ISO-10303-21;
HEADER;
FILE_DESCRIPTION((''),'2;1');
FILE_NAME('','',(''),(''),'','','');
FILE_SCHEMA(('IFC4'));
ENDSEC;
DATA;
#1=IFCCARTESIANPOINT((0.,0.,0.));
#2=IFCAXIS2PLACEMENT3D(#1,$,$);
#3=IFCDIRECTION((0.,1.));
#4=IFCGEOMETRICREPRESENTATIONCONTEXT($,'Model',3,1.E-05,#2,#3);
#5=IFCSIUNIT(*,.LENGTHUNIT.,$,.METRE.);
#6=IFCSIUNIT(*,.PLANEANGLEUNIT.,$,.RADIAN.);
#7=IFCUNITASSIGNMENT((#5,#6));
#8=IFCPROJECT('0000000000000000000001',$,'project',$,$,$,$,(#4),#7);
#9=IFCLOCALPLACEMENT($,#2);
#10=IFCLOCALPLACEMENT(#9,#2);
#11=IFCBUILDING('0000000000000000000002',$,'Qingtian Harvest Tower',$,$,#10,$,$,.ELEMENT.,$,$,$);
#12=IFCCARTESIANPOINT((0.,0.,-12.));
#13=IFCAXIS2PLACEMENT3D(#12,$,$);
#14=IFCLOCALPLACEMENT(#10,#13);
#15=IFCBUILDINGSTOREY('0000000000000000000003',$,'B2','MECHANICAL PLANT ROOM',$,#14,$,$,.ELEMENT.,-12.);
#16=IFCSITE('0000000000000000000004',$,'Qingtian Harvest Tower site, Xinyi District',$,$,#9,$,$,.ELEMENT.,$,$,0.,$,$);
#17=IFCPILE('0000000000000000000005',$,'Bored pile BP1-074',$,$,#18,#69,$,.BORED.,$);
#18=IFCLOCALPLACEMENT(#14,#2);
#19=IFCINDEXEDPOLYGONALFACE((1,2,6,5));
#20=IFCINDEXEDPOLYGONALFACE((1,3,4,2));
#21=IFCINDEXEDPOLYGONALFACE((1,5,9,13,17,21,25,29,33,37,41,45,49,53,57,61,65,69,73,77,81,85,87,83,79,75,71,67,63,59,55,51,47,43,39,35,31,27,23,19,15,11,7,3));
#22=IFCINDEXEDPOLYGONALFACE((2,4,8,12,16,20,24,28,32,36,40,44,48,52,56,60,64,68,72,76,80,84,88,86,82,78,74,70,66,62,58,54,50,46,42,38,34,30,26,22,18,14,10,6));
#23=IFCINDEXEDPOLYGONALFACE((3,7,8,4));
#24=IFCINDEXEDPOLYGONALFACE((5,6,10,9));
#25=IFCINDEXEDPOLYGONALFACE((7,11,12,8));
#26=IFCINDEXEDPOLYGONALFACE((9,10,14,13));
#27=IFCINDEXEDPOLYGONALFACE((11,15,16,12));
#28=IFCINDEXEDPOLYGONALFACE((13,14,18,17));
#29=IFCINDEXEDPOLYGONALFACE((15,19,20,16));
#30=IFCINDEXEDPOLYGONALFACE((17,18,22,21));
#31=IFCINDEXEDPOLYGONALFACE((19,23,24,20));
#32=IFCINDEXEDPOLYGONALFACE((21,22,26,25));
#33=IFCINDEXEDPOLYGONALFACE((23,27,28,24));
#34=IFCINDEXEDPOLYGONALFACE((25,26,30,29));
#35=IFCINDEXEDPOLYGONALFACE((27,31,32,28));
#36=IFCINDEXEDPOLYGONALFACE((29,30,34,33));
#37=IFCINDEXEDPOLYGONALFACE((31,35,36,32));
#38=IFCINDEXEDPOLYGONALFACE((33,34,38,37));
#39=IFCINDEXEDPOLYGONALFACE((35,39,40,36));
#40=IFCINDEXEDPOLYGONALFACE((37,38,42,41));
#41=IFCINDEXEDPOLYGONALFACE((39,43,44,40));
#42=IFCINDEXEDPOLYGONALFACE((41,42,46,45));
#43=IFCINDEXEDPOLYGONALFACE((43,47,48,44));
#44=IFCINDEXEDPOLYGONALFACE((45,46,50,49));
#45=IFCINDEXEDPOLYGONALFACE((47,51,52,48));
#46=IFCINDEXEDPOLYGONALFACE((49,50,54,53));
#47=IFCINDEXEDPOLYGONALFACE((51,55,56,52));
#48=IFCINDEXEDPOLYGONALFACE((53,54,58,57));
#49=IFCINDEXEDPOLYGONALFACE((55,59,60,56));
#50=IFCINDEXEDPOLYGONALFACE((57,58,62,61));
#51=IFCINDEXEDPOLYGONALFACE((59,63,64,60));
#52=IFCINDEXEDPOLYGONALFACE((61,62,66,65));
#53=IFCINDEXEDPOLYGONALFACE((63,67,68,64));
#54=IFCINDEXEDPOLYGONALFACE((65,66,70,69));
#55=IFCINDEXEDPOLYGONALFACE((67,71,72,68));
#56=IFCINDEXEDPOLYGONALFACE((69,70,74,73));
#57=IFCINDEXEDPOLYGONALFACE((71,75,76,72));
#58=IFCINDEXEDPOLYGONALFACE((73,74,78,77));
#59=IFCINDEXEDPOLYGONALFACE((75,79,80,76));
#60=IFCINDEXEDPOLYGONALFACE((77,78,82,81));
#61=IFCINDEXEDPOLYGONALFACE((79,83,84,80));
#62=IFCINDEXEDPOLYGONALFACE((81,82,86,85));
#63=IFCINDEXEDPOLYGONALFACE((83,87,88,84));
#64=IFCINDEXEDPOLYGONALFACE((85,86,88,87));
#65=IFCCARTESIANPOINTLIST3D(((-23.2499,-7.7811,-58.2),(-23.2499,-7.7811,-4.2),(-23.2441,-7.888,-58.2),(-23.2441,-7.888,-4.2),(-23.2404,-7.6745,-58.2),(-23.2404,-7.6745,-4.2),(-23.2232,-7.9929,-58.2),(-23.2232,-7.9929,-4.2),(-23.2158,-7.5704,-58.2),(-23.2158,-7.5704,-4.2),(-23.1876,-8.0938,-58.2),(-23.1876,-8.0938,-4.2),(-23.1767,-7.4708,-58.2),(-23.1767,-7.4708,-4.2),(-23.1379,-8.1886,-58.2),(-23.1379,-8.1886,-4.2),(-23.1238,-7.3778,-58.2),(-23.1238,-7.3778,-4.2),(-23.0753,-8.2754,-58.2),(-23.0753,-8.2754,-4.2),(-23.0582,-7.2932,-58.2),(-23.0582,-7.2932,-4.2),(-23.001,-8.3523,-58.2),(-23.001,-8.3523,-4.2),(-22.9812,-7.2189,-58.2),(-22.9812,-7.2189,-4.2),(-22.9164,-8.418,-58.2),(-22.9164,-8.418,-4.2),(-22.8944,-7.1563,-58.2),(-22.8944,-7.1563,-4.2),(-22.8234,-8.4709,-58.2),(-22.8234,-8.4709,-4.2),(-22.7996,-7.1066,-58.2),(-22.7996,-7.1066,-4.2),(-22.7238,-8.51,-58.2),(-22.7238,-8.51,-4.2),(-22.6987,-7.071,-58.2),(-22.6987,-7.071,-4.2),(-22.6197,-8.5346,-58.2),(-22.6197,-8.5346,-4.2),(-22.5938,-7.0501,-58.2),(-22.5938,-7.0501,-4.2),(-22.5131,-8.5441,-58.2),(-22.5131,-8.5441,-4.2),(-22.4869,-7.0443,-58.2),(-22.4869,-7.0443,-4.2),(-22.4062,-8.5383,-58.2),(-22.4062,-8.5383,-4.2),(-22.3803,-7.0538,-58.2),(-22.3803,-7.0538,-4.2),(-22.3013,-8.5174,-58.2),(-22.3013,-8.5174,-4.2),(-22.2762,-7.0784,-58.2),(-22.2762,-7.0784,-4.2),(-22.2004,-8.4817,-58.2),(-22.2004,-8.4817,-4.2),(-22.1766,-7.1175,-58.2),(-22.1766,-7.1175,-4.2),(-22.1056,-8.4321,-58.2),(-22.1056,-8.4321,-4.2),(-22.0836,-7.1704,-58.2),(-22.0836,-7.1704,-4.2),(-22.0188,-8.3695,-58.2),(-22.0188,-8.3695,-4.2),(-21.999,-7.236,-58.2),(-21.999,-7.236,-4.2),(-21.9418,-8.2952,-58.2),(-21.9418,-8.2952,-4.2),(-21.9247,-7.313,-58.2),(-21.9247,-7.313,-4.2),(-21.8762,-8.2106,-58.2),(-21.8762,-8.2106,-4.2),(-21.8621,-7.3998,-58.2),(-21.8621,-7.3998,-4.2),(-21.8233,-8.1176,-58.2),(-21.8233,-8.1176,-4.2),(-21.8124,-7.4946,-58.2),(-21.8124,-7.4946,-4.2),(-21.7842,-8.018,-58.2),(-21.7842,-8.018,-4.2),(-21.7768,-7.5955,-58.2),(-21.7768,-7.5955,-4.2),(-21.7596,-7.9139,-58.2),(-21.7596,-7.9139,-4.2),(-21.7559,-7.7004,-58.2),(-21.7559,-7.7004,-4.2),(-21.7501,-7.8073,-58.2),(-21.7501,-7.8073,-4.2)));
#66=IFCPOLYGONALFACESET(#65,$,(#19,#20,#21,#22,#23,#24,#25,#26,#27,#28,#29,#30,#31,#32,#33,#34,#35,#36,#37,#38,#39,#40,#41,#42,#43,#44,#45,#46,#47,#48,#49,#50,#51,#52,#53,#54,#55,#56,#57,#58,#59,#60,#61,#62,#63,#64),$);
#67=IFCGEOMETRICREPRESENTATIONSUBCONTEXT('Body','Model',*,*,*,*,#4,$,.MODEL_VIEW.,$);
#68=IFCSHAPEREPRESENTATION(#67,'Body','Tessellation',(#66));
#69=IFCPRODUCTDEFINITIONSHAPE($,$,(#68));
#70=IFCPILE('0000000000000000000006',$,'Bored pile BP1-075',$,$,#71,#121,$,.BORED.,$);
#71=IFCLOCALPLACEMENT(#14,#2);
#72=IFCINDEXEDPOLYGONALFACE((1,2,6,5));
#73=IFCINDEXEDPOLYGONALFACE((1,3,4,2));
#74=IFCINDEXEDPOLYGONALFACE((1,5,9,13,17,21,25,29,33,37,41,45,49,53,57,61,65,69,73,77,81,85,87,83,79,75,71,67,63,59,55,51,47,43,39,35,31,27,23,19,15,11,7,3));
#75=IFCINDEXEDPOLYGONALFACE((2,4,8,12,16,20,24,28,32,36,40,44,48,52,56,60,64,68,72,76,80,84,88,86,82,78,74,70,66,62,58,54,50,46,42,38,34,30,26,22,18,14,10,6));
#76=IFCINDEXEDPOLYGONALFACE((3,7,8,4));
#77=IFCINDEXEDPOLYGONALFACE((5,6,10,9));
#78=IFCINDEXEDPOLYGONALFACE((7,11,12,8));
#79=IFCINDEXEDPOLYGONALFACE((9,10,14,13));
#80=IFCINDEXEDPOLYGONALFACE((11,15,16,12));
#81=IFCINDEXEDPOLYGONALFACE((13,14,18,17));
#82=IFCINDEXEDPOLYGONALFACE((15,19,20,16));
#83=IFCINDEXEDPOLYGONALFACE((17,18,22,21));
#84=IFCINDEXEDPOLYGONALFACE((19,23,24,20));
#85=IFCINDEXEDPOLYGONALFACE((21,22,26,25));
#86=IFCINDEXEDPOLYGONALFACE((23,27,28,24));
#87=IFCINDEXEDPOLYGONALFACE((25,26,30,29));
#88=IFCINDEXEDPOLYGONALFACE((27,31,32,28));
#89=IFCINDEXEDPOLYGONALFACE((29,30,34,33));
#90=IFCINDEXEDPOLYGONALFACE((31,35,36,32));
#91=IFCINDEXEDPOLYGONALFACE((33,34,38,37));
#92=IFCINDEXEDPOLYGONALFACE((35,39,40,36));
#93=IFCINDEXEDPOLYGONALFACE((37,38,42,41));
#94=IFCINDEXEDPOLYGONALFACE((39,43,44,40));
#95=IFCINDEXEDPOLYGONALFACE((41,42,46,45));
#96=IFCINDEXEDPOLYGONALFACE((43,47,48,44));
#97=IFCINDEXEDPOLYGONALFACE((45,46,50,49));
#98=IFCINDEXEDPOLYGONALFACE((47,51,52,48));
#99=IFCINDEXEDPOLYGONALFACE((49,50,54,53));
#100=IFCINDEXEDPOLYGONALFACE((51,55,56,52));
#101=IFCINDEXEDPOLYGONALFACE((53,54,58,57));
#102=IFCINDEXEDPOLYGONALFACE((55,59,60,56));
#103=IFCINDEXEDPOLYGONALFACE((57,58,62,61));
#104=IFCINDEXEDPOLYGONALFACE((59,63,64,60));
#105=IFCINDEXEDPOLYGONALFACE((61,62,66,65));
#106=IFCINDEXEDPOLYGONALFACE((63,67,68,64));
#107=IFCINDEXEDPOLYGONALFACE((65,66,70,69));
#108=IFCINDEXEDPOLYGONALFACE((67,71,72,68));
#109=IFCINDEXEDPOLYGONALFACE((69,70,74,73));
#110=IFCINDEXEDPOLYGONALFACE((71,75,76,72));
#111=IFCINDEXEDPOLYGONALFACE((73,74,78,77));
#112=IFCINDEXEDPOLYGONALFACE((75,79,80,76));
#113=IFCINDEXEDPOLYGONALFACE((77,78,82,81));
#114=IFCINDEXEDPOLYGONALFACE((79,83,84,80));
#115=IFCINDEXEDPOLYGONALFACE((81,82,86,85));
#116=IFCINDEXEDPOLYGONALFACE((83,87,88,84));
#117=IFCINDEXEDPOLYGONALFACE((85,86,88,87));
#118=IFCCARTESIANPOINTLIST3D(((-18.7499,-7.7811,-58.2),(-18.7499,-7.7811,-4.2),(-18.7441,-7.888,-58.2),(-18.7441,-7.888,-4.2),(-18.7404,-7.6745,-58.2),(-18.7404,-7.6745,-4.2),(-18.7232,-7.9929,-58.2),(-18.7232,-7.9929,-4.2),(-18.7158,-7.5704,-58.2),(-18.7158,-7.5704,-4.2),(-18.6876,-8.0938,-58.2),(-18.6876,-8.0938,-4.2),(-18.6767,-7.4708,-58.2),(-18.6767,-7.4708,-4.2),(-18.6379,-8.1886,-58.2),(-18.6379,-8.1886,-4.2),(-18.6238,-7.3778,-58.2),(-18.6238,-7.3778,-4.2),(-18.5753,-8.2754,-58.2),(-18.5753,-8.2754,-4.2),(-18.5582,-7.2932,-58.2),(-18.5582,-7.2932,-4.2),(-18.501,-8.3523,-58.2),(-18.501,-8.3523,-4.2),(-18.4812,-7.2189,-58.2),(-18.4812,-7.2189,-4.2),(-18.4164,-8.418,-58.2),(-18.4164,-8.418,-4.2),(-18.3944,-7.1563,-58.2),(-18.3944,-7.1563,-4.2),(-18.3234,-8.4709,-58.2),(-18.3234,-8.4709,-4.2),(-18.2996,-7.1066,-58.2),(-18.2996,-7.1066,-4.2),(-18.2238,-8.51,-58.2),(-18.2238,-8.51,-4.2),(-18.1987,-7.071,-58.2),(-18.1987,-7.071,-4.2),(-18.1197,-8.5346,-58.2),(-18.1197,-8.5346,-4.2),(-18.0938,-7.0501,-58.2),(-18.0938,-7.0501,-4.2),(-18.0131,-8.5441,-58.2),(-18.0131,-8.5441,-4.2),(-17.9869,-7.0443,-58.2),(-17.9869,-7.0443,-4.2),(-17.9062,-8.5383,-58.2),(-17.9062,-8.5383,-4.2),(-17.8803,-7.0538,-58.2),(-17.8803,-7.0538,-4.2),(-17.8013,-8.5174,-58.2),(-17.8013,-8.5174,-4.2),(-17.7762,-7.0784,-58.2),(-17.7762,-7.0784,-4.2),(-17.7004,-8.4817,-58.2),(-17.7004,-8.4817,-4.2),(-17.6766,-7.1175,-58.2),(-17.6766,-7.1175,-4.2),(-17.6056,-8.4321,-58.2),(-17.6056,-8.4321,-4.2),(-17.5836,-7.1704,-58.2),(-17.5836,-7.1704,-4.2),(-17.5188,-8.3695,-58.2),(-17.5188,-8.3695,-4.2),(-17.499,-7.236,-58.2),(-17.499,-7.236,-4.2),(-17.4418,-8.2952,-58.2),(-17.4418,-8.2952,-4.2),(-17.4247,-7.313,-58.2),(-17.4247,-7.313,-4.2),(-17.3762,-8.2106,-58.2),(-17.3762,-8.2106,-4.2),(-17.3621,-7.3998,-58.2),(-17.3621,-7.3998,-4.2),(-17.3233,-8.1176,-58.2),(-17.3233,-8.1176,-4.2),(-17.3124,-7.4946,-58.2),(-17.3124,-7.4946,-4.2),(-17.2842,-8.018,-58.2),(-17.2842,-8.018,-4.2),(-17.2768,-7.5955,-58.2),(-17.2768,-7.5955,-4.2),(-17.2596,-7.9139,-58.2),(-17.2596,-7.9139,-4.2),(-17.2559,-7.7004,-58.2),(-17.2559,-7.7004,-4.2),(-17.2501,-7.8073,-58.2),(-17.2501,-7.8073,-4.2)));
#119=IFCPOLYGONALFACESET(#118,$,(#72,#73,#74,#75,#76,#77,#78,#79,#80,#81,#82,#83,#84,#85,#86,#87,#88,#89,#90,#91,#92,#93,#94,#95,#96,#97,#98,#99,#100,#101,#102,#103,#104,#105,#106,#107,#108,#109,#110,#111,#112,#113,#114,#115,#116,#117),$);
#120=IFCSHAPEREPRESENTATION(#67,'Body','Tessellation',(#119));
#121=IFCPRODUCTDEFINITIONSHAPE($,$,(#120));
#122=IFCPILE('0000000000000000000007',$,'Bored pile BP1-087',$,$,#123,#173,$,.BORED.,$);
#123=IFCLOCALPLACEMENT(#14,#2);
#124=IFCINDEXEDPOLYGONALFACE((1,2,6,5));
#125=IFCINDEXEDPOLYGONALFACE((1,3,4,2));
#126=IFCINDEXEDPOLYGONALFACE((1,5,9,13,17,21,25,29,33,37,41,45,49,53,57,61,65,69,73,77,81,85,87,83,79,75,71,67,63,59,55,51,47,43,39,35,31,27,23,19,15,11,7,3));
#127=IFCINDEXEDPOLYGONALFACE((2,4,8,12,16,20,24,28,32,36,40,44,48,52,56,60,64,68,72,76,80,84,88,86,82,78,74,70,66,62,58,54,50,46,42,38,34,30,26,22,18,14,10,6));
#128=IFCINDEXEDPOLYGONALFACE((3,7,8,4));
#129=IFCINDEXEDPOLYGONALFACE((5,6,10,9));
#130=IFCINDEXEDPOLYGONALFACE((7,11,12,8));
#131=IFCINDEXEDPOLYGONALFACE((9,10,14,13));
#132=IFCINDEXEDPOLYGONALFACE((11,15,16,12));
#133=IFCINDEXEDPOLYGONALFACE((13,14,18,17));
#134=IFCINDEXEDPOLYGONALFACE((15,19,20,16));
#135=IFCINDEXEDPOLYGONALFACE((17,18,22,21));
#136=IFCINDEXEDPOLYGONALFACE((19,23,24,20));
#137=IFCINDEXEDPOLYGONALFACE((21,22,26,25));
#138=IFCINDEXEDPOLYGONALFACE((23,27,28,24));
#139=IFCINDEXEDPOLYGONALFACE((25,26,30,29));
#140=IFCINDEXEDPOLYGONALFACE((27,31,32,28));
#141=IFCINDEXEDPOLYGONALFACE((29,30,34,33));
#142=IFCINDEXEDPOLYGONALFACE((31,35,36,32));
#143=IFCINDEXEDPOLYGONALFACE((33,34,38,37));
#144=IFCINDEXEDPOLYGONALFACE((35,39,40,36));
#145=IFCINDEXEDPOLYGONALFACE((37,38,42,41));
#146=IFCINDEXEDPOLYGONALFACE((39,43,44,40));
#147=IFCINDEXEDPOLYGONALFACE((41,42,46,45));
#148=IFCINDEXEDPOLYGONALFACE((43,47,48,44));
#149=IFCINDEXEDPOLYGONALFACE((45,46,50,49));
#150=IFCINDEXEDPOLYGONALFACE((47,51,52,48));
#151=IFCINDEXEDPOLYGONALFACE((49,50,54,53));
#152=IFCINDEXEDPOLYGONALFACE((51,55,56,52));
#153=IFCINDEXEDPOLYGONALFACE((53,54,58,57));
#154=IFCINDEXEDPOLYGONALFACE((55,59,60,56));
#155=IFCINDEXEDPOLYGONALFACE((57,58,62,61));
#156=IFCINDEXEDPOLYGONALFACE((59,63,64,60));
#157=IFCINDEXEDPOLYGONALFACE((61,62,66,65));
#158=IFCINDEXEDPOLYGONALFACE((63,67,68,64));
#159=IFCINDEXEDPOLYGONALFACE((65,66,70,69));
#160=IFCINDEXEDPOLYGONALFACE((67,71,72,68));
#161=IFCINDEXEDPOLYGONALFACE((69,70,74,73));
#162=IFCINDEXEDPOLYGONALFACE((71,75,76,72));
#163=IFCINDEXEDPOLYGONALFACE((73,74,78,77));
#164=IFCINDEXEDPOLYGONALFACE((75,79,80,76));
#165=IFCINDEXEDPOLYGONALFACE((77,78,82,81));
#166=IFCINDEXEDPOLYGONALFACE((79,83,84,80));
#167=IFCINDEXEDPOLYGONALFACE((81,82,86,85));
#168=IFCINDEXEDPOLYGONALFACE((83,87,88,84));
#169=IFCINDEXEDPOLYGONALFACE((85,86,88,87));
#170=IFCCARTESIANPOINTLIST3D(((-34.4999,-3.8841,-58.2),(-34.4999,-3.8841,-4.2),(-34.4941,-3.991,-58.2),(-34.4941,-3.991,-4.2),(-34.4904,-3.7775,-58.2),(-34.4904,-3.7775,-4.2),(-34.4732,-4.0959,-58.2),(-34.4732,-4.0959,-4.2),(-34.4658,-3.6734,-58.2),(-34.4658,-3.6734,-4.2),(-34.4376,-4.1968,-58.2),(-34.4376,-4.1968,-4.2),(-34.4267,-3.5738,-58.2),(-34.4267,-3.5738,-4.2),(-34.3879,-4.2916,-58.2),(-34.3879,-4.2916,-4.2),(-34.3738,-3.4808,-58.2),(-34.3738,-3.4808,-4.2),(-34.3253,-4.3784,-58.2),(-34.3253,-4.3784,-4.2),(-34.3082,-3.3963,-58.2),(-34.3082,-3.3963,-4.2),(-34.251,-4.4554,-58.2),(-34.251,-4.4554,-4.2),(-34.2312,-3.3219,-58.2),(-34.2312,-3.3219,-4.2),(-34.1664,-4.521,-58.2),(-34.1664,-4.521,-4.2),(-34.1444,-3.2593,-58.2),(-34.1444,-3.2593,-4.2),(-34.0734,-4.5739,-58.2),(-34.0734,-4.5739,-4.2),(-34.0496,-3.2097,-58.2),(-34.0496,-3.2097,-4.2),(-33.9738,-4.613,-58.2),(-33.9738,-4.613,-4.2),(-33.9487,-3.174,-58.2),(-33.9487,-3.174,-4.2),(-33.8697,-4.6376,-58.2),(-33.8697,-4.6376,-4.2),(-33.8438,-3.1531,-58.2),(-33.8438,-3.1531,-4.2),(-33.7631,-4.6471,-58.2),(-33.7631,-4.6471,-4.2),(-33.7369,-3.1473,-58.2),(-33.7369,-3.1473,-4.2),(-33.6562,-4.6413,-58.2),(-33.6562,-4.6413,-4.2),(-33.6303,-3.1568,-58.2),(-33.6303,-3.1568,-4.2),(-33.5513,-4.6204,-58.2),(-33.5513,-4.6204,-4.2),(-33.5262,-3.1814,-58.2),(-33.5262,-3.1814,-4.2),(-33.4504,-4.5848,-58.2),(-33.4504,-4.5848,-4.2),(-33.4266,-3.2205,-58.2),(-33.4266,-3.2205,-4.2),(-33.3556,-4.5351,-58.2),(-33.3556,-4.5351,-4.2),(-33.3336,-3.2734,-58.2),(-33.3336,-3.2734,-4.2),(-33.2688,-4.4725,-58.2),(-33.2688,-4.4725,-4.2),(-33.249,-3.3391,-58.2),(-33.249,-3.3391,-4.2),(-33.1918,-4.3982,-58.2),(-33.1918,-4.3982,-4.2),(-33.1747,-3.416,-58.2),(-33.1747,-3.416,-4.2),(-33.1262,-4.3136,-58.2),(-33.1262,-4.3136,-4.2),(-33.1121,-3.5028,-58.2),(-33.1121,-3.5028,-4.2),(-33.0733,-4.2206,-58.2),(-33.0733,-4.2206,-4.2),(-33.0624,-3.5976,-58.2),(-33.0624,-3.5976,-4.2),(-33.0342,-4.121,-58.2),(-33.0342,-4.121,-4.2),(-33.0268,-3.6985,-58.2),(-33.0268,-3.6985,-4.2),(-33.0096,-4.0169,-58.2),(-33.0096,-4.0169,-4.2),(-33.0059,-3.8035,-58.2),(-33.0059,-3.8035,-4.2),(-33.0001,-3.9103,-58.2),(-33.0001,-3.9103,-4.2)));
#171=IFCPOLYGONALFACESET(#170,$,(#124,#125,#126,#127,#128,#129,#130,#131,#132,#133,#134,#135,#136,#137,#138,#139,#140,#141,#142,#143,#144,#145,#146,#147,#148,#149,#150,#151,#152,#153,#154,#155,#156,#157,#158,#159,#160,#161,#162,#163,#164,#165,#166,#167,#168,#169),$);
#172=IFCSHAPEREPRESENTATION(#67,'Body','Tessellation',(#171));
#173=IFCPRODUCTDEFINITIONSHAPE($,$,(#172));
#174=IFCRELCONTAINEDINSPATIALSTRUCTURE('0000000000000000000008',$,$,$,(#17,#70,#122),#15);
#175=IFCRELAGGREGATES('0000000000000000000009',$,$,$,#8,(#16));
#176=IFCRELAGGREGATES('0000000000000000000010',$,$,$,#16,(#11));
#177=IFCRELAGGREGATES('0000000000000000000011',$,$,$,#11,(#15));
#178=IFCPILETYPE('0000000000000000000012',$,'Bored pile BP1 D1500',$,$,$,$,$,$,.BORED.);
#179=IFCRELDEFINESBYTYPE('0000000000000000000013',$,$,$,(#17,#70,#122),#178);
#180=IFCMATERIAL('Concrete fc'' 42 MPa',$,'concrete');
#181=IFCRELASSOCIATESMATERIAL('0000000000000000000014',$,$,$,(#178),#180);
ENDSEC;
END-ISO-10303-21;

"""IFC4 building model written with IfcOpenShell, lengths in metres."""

from ifc_helpers import new_model, si_unit, direction, frame, frame_2d, origin, place, context, subcontext, project, spatial, circle, extrude, material, material_profile, profile_set, type_object, element, save


model = new_model("IFC4")

# Units and contexts
model_context = context("Model", 3, precision=1e-05, world=origin(), true_north=direction((0.0, 1.0)))
body_context = subcontext(model_context, "Body", "Model", "MODEL_VIEW")
ifc_project = project(units=[si_unit("LENGTHUNIT", "METRE"), si_unit("PLANEANGLEUNIT", "RADIAN")], contexts=[model_context])

# Site, building, storey
site_placement = place(None, origin())
site = spatial("IfcSite", under=ifc_project, at=site_placement, Name="Qingtian Harvest Tower site, Xinyi District", CompositionType="ELEMENT", RefElevation=0.0)
building_placement = place(site_placement, origin())
building = spatial("IfcBuilding", under=site, at=building_placement, Name="Qingtian Harvest Tower", CompositionType="ELEMENT")
storey_placement = place(building_placement, frame((0.0, 0.0, -12.0)))
storey = spatial("IfcBuildingStorey", under=building, at=storey_placement, Name="B2", Description="MECHANICAL PLANT ROOM", CompositionType="ELEMENT", Elevation=-12.0)

# Piles
ifc_material_1 = material(Name="Concrete fc' 42 MPa", Category="concrete")
ifc_material_profile_1 = material_profile(ifc_material_1, circle(Radius=0.75, at=frame_2d((0.0, 0.0), x_axis=(0.999848, 0.017452))), Name="Bored pile BP1 D1500")
ifc_profile_set_1 = profile_set([ifc_material_profile_1], Name="Concrete fc' 42 MPa")
pile_type = type_object("IfcPileType", Name="Bored pile BP1 D1500", PredefinedType="BORED", material=ifc_profile_set_1)
for number, where, z_axis, x_axis, name in (
    (1, (-22.5, -7.7942, -4.2), (0.0, 0.0, -1.0), (1.0, 0.0, 0.0), "Bored pile BP1-074"),
    (2, (-18.0, -7.7942, -4.2), (0.0, 0.0, -1.0), (1.0, 0.0, 0.0), "Bored pile BP1-075"),
    (3, (-33.75, -3.8972, -4.2), (0.0, 0.0, -1.0), (1.0, 0.0, 0.0), "Bored pile BP1-087"),
):
    element("IfcPile", number, at=place(storey_placement, frame(where, z_axis=z_axis, x_axis=x_axis)), inside=storey, type_object=pile_type, Name=name, PredefinedType="BORED", context=body_context, shape_type="SweptSolid", body=[
        extrude(circle(Radius=0.75, at=frame_2d((0.0, 0.0), x_axis=(0.999848, 0.017452))), origin(), (0.0, 0.0, 1.0), 54.0),
    ])

save(model, "model.ifc")
